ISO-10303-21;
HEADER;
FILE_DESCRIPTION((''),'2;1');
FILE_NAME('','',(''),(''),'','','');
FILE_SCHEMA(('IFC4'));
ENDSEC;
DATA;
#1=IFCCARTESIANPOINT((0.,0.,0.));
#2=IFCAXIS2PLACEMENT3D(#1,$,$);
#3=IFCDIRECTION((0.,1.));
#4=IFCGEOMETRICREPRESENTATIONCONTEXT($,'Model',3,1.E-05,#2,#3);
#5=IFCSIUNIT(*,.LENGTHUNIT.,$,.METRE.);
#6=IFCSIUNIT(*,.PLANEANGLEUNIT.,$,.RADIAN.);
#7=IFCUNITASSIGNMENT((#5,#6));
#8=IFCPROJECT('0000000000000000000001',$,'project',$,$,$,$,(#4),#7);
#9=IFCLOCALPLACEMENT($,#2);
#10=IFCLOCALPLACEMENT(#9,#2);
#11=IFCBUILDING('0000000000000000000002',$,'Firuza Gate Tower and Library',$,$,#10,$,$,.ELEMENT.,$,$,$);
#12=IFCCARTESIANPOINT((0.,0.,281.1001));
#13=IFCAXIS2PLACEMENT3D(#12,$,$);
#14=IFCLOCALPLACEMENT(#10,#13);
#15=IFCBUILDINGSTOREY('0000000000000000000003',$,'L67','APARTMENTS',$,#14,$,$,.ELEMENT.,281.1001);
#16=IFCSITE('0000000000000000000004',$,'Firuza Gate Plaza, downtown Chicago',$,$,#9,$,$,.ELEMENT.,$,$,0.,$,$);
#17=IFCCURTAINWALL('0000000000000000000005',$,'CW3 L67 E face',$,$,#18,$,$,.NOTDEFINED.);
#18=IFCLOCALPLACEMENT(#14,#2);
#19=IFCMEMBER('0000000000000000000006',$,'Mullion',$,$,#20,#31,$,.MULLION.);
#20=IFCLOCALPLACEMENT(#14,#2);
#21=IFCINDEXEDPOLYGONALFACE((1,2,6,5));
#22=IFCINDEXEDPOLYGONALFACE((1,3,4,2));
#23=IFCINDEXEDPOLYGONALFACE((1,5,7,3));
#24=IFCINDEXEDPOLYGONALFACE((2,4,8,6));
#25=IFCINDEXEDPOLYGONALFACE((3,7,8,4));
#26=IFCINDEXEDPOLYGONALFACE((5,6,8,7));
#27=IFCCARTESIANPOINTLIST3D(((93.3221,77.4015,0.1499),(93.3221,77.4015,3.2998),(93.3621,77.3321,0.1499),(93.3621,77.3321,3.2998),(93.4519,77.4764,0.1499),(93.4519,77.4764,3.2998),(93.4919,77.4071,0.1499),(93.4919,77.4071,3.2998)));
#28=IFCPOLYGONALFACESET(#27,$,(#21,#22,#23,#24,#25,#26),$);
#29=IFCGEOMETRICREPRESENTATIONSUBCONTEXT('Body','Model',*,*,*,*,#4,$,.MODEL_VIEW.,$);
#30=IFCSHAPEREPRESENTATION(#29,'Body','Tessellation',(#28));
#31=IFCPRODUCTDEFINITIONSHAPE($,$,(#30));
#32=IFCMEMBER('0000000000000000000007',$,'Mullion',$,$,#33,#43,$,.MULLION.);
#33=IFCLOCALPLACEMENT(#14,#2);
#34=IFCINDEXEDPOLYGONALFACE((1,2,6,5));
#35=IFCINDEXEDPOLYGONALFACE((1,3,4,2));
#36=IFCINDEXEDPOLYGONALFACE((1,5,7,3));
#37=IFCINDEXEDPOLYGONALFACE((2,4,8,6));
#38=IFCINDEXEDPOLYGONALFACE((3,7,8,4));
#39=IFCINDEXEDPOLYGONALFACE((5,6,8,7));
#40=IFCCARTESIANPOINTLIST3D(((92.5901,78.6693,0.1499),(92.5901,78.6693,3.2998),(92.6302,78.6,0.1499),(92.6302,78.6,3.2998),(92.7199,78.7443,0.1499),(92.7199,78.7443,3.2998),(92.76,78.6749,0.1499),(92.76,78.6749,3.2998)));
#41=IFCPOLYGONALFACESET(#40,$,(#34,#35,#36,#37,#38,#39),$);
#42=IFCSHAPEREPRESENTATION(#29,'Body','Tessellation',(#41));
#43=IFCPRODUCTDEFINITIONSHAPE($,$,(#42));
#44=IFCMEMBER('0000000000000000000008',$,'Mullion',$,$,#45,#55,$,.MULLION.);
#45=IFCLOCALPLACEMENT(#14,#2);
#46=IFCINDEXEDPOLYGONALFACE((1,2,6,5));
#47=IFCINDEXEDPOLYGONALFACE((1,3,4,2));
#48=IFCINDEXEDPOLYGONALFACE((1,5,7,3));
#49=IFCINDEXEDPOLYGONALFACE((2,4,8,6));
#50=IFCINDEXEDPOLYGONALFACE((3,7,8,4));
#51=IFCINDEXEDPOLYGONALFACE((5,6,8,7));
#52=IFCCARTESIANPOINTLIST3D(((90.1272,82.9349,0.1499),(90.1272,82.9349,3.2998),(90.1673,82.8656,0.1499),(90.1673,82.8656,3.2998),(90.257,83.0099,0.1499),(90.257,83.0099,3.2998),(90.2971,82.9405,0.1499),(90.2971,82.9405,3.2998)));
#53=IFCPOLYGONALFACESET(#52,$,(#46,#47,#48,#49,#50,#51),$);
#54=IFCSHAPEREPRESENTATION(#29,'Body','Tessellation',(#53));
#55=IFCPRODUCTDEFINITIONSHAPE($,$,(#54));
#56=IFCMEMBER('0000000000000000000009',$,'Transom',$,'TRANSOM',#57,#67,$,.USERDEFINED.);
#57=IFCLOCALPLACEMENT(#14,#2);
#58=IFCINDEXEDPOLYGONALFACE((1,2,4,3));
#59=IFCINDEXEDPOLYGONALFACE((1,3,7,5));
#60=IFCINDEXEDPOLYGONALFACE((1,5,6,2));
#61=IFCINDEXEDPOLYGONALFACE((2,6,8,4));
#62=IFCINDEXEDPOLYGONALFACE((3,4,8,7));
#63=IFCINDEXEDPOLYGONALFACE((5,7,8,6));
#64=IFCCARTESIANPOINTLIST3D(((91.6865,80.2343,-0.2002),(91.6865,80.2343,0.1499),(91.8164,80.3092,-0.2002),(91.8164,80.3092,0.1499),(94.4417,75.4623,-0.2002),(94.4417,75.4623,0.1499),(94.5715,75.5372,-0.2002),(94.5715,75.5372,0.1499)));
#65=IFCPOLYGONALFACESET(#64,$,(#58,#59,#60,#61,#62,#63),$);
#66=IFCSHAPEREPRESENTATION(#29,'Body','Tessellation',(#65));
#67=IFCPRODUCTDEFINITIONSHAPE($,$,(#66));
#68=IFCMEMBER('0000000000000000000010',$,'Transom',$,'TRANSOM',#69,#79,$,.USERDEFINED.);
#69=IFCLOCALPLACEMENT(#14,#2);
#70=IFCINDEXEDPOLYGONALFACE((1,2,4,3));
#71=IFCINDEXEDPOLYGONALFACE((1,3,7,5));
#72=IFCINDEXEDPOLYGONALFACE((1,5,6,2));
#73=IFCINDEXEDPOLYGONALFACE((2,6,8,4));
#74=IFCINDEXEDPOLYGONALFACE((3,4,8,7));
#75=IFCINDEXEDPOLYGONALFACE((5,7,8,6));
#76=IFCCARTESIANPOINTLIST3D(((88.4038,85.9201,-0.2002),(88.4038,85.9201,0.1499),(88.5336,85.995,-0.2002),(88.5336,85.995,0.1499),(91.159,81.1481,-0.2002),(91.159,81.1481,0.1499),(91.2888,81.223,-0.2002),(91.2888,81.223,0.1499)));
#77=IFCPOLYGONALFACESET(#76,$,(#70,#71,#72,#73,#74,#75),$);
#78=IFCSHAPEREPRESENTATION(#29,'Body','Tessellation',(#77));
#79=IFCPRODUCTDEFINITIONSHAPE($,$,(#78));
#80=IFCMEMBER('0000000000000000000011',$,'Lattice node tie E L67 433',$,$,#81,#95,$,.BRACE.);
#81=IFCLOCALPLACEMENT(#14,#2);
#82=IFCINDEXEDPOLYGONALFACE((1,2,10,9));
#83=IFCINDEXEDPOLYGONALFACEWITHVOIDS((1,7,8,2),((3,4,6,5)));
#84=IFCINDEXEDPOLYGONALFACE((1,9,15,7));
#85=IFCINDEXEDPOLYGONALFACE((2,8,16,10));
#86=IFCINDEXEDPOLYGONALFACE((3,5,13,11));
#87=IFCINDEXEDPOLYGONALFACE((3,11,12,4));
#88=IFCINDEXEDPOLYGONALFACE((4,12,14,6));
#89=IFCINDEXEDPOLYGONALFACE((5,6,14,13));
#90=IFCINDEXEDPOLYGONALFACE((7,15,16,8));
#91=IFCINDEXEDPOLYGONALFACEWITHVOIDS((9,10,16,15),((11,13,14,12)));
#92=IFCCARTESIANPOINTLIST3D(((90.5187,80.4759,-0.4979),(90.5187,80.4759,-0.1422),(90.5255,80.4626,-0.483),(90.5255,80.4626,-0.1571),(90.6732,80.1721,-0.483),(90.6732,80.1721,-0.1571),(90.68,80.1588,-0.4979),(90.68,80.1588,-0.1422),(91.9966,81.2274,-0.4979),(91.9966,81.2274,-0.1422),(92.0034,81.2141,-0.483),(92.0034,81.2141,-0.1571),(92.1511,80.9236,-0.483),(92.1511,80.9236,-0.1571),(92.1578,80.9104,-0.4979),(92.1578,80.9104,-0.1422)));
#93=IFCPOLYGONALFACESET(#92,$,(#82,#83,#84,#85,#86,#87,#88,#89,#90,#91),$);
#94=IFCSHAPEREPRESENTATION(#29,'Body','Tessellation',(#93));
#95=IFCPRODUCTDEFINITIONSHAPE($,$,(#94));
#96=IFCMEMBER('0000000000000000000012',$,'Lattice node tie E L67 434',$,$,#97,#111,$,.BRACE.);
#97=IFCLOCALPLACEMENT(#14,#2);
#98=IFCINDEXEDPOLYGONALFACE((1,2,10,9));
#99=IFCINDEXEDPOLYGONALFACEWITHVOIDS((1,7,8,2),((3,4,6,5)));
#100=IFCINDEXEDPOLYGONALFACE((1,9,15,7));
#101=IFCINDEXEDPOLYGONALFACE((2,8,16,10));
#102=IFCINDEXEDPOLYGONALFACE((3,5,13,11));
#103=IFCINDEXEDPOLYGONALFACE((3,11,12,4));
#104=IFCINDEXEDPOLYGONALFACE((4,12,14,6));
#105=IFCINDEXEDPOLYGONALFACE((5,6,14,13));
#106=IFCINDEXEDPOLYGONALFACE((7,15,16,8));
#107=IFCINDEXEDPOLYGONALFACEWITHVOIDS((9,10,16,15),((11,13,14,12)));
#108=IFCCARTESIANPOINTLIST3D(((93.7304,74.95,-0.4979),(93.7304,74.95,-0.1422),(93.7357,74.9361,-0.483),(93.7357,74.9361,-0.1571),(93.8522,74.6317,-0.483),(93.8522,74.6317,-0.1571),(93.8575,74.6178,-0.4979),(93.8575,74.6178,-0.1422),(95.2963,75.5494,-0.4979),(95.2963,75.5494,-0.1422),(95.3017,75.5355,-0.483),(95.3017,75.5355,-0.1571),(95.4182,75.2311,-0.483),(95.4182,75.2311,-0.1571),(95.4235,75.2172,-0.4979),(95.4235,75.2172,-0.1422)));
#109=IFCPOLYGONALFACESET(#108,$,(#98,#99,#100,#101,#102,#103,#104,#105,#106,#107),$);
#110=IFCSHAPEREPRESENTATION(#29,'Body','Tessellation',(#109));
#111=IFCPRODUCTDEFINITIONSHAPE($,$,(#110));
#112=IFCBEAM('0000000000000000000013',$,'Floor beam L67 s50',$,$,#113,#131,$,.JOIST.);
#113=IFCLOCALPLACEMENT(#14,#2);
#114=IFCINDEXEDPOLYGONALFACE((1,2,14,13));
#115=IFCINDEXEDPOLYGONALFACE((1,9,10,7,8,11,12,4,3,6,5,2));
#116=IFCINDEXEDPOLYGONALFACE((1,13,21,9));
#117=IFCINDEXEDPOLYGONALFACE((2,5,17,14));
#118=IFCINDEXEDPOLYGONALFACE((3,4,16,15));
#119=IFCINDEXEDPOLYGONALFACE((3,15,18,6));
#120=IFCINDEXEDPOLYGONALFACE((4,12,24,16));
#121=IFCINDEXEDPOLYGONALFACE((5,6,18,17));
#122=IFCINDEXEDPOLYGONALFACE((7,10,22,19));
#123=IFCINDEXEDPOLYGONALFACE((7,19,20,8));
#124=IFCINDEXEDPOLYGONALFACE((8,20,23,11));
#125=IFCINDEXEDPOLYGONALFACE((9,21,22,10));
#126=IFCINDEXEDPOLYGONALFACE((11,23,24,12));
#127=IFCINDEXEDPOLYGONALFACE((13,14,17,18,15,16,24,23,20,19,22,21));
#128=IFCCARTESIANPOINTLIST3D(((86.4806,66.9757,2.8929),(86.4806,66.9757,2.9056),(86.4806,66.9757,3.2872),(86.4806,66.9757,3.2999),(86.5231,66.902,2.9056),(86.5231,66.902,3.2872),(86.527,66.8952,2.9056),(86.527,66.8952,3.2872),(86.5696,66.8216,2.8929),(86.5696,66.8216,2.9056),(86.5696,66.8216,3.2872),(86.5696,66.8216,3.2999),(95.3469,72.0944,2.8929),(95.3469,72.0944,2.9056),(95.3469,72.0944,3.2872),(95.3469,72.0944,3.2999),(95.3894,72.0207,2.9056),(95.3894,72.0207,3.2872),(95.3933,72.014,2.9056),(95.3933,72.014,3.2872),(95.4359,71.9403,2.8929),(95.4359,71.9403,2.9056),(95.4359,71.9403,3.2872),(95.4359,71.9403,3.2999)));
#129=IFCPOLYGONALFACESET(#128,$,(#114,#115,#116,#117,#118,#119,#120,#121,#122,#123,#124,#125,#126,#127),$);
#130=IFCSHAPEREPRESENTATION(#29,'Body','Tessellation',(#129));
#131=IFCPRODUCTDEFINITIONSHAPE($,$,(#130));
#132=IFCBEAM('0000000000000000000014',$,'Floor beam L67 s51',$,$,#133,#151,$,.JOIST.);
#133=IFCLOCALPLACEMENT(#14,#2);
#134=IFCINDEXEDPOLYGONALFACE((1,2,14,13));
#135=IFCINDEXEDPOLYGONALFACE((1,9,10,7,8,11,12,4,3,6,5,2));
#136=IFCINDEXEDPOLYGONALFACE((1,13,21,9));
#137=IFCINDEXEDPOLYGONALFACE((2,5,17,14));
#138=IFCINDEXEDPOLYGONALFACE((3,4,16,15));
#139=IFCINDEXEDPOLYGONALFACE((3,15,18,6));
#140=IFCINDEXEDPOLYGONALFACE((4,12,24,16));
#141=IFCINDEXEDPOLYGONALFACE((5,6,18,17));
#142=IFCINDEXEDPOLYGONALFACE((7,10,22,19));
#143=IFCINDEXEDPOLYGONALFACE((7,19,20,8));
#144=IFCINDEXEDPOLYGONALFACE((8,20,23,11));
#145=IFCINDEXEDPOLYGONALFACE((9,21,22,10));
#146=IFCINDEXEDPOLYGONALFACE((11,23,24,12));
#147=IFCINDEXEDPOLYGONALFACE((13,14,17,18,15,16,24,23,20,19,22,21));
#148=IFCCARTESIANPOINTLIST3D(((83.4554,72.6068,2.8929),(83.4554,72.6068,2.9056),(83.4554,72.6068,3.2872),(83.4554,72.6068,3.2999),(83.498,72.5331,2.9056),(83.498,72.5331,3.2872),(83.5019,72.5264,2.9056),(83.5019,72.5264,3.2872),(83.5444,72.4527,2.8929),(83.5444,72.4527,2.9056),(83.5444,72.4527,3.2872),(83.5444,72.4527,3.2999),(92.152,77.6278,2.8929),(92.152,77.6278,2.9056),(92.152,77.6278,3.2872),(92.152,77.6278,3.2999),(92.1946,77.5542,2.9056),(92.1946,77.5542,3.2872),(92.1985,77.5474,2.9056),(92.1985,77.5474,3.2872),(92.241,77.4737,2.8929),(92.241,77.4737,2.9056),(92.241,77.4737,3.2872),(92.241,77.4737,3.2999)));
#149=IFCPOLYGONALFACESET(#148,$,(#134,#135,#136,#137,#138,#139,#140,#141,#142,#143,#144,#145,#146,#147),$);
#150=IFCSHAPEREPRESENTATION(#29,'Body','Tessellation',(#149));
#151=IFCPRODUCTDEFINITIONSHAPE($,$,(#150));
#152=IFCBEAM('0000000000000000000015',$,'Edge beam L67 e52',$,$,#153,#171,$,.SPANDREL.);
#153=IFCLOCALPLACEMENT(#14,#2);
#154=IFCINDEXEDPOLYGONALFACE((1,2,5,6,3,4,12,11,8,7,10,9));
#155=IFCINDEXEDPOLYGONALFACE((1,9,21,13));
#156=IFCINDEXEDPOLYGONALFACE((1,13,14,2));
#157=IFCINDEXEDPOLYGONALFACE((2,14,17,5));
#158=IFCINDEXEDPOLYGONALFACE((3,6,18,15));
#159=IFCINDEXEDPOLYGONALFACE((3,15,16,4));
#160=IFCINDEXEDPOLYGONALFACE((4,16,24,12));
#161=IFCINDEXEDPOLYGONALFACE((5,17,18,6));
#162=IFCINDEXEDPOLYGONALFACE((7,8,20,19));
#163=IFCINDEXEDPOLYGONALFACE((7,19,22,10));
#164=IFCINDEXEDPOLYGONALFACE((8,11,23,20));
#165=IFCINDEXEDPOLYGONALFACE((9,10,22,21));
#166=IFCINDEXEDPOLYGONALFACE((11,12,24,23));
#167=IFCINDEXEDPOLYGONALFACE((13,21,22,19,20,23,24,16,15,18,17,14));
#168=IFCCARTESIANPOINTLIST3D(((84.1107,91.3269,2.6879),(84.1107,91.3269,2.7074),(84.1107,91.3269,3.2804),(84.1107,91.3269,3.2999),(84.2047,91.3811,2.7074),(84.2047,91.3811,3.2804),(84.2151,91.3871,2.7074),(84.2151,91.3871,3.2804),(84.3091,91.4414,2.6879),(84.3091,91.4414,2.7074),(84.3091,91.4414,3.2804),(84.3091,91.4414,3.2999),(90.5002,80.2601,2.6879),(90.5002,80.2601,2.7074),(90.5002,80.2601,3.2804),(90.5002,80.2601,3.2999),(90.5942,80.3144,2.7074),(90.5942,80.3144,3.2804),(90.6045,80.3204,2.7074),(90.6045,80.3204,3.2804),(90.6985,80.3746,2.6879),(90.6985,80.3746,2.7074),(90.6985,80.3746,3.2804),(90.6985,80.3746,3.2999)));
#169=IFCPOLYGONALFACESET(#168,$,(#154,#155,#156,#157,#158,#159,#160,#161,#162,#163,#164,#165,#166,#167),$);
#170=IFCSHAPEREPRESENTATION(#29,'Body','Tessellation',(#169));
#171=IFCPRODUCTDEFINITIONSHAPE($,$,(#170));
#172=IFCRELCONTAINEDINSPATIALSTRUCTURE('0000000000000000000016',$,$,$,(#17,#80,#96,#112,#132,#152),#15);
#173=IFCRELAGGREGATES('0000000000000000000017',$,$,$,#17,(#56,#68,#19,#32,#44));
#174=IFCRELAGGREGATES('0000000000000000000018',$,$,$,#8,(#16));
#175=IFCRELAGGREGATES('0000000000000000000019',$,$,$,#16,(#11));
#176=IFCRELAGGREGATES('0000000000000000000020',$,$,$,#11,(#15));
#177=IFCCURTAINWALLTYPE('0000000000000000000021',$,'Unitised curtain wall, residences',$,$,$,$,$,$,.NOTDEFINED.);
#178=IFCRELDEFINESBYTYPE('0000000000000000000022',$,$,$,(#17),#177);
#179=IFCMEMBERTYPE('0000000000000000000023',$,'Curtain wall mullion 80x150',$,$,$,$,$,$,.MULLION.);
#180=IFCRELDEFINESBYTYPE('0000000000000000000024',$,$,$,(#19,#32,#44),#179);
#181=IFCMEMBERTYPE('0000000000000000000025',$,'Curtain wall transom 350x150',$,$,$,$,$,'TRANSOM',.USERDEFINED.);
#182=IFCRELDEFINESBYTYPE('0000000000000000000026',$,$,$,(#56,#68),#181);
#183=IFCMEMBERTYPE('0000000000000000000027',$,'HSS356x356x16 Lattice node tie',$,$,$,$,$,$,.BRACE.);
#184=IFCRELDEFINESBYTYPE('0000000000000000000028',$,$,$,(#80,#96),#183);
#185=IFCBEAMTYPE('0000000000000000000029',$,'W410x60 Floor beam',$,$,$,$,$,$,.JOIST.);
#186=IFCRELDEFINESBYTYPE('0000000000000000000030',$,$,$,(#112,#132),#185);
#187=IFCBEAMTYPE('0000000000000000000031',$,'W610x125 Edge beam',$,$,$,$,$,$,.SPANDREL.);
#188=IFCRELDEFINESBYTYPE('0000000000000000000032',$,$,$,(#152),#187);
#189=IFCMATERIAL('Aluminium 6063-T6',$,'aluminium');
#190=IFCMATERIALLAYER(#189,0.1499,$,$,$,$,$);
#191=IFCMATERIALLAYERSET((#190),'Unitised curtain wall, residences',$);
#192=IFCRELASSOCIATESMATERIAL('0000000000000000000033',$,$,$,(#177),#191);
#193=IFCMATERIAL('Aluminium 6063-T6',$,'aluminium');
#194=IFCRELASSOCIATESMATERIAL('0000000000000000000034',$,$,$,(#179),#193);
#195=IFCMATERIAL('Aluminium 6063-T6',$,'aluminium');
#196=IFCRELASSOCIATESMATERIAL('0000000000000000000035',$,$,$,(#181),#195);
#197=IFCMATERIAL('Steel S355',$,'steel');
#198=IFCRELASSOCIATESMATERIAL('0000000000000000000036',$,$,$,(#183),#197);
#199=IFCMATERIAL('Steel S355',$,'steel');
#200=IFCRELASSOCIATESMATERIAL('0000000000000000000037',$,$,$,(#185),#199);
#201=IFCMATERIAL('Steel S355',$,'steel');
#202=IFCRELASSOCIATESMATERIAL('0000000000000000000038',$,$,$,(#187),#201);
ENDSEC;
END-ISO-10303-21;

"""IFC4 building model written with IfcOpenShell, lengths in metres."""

from ifc_helpers import new_model, si_unit, direction, frame, origin, origin_2d, place, context, subcontext, project, spatial, rectangle, hollow_rectangle, i_section, extrude, material, layer, layer_set, material_profile, profile_set, type_object, element, aggregate, save


model = new_model("IFC4")

# Units and contexts
model_context = context("Model", 3, precision=1e-05, world=origin(), true_north=direction((0.0, 1.0)))
body_context = subcontext(model_context, "Body", "Model", "MODEL_VIEW")
ifc_project = project(units=[si_unit("LENGTHUNIT", "METRE"), si_unit("PLANEANGLEUNIT", "RADIAN")], contexts=[model_context])

# Site, building, storey
site_placement = place(None, origin())
site = spatial("IfcSite", under=ifc_project, at=site_placement, Name="Firuza Gate Plaza, downtown Chicago", CompositionType="ELEMENT", RefElevation=0.0)
building_placement = place(site_placement, origin())
building = spatial("IfcBuilding", under=site, at=building_placement, Name="Firuza Gate Tower and Library", CompositionType="ELEMENT")
storey_placement = place(building_placement, frame((0.0, 0.0, 281.1001)))
storey = spatial("IfcBuildingStorey", under=building, at=storey_placement, Name="L67", Description="APARTMENTS", CompositionType="ELEMENT", Elevation=281.1001)

# Curtain wall, members
ifc_material_1 = material(Name="Aluminium 6063-T6", Category="aluminium")
ifc_layer_1 = layer(ifc_material_1, 0.1499)
ifc_layer_set_1 = layer_set([ifc_layer_1], Name="Unitised curtain wall, residences")
curtain_wall_type = type_object("IfcCurtainWallType", Name="Unitised curtain wall, residences", PredefinedType="NOTDEFINED", material=ifc_layer_set_1)
curtain_wall_placement = place(storey_placement, origin())
curtain_wall = element("IfcCurtainWall", 1, at=curtain_wall_placement, inside=storey, type_object=curtain_wall_type, Name="CW3 L67 E face", PredefinedType="NOTDEFINED")
ifc_material_2 = material(Name="Aluminium 6063-T6", Category="aluminium")
ifc_material_profile_1 = material_profile(ifc_material_2, rectangle(XDim=0.1499, YDim=0.0801, at=origin_2d()))
ifc_profile_set_1 = profile_set([ifc_material_profile_1], Name="Aluminium 6063-T6")
member_type_1 = type_object("IfcMemberType", Name="Curtain wall mullion 80x150", PredefinedType="MULLION", material=ifc_profile_set_1)
member_1_placement = place(storey_placement, frame((93.407, 77.4043, 0.1499), z_axis=(0.0, 0.0, 1.0), x_axis=(-0.866025, -0.5, 0.0)))
member_1 = element("IfcMember", 2, at=member_1_placement, type_object=member_type_1, Name="Mullion", PredefinedType="MULLION", context=body_context, shape_type="SweptSolid", body=[
    extrude(rectangle(XDim=0.1499, YDim=0.0801, at=origin_2d()), origin(), (0.0, 0.0, 1.0), 3.1499),
])
member_2_placement = place(storey_placement, frame((92.675, 78.6721, 0.1499), z_axis=(0.0, 0.0, 1.0), x_axis=(-0.866025, -0.5, 0.0)))
member_2 = element("IfcMember", 3, at=member_2_placement, type_object=member_type_1, Name="Mullion", PredefinedType="MULLION", context=body_context, shape_type="SweptSolid", body=[
    extrude(rectangle(XDim=0.1499, YDim=0.0801, at=origin_2d()), origin(), (0.0, 0.0, 1.0), 3.1499),
])
member_3_placement = place(storey_placement, frame((90.2122, 82.9377, 0.1499), z_axis=(0.0, 0.0, 1.0), x_axis=(-0.866025, -0.5, 0.0)))
member_3 = element("IfcMember", 4, at=member_3_placement, type_object=member_type_1, Name="Mullion", PredefinedType="MULLION", context=body_context, shape_type="SweptSolid", body=[
    extrude(rectangle(XDim=0.1499, YDim=0.0801, at=origin_2d()), origin(), (0.0, 0.0, 1.0), 3.1499),
])
ifc_material_3 = material(Name="Aluminium 6063-T6", Category="aluminium")
ifc_material_profile_2 = material_profile(ifc_material_3, rectangle(XDim=0.1499, YDim=0.3501, at=origin_2d()))
ifc_profile_set_2 = profile_set([ifc_material_profile_2], Name="Aluminium 6063-T6")
member_type_2 = type_object("IfcMemberType", Name="Curtain wall transom 350x150", ElementType="TRANSOM", PredefinedType="USERDEFINED", material=ifc_profile_set_2)
member_4_placement = place(storey_placement, frame((94.5066, 75.4998, -0.0251), z_axis=(-0.500004, 0.866023, 0.0), x_axis=(-0.866023, -0.500004, 0.0)))
member_4 = element("IfcMember", 5, at=member_4_placement, type_object=member_type_2, Name="Transom", ObjectType="TRANSOM", PredefinedType="USERDEFINED", context=body_context, shape_type="SweptSolid", body=[
    extrude(rectangle(XDim=0.1499, YDim=0.3501, at=origin_2d()), origin(), (0.0, 0.0, 1.0), 5.5103),
])
member_5_placement = place(storey_placement, frame((91.2239, 81.1855, -0.0251), z_axis=(-0.500004, 0.866023, 0.0), x_axis=(-0.866023, -0.500004, 0.0)))
member_5 = element("IfcMember", 6, at=member_5_placement, type_object=member_type_2, Name="Transom", ObjectType="TRANSOM", PredefinedType="USERDEFINED", context=body_context, shape_type="SweptSolid", body=[
    extrude(rectangle(XDim=0.1499, YDim=0.3501, at=origin_2d()), origin(), (0.0, 0.0, 1.0), 5.5103),
])

# Members
ifc_material_4 = material(Name="Steel S355", Category="steel")
ifc_material_profile_3 = material_profile(ifc_material_4, hollow_rectangle(XDim=0.3557, YDim=0.3557, WallThickness=0.0149, at=origin_2d()))
ifc_profile_set_3 = profile_set([ifc_material_profile_3], Name="Steel S355")
member_type_3 = type_object("IfcMemberType", Name="HSS356x356x16 Lattice node tie", PredefinedType="BRACE", material=ifc_profile_set_3)
member_6_placement = place(storey_placement, frame((90.5994, 80.3174, -0.3201), z_axis=(0.891373, 0.45327, 0.0), x_axis=(-0.45327, 0.891373, 0.0)))
element("IfcMember", 7, at=member_6_placement, inside=storey, type_object=member_type_3, Name="Lattice node tie E L67 433", PredefinedType="BRACE", context=body_context, shape_type="SweptSolid", body=[
    extrude(hollow_rectangle(XDim=0.3557, YDim=0.3557, WallThickness=0.0149, at=origin_2d()), origin(), (0.0, 0.0, 1.0), 1.658),
])
member_7_placement = place(storey_placement, frame((93.7939, 74.7839, -0.3201), z_axis=(0.933926, 0.357466, 0.0), x_axis=(-0.357466, 0.933926, 0.0)))
element("IfcMember", 8, at=member_7_placement, inside=storey, type_object=member_type_3, Name="Lattice node tie E L67 434", PredefinedType="BRACE", context=body_context, shape_type="SweptSolid", body=[
    extrude(hollow_rectangle(XDim=0.3557, YDim=0.3557, WallThickness=0.0149, at=origin_2d()), origin(), (0.0, 0.0, 1.0), 1.6768),
])

# Beams
ifc_material_5 = material(Name="Steel S355", Category="steel")
ifc_material_profile_4 = material_profile(ifc_material_5, i_section(OverallWidth=0.178, OverallDepth=0.407, WebThickness=0.0078, FlangeThickness=0.0127, at=origin_2d()))
ifc_profile_set_4 = profile_set([ifc_material_profile_4], Name="Steel S355")
beam_type_1 = type_object("IfcBeamType", Name="W410x60 Floor beam", PredefinedType="JOIST", material=ifc_profile_set_4)
beam_1_placement = place(storey_placement, frame((95.3914, 72.0173, 3.0964), z_axis=(-0.866036, -0.499981, 0.0), x_axis=(0.499981, -0.866036, 0.0)))
element("IfcBeam", 9, at=beam_1_placement, inside=storey, type_object=beam_type_1, Name="Floor beam L67 s50", PredefinedType="JOIST", context=body_context, shape_type="SweptSolid", body=[
    extrude(i_section(OverallWidth=0.178, OverallDepth=0.407, WebThickness=0.0078, FlangeThickness=0.0127, at=origin_2d()), origin(), (0.0, 0.0, 1.0), 10.2378),
])
beam_2_placement = place(storey_placement, frame((92.1965, 77.5508, 3.0964), z_axis=(-0.866023, -0.500004, 0.0), x_axis=(0.500004, -0.866023, 0.0)))
element("IfcBeam", 10, at=beam_2_placement, inside=storey, type_object=beam_type_1, Name="Floor beam L67 s51", PredefinedType="JOIST", context=body_context, shape_type="SweptSolid", body=[
    extrude(i_section(OverallWidth=0.178, OverallDepth=0.407, WebThickness=0.0078, FlangeThickness=0.0127, at=origin_2d()), origin(), (0.0, 0.0, 1.0), 10.042),
])
ifc_material_6 = material(Name="Steel S355", Category="steel")
ifc_material_profile_5 = material_profile(ifc_material_6, i_section(OverallWidth=0.229, OverallDepth=0.6121, WebThickness=0.012, FlangeThickness=0.0195, at=origin_2d()))
ifc_profile_set_5 = profile_set([ifc_material_profile_5], Name="Steel S355")
beam_type_2 = type_object("IfcBeamType", Name="W610x125 Edge beam", PredefinedType="SPANDREL", material=ifc_profile_set_5)
beam_3_placement = place(storey_placement, frame((90.5994, 80.3174, 2.9939), z_axis=(-0.500004, 0.866023, 0.0), x_axis=(-0.866023, -0.500004, 0.0)))
element("IfcBeam", 11, at=beam_3_placement, inside=storey, type_object=beam_type_2, Name="Edge beam L67 e52", PredefinedType="SPANDREL", context=body_context, shape_type="SweptSolid", body=[
    extrude(i_section(OverallWidth=0.229, OverallDepth=0.6121, WebThickness=0.012, FlangeThickness=0.0195, at=origin_2d()), origin(), (0.0, 0.0, 1.0), 12.7788),
])

aggregate(curtain_wall, [member_4, member_5, member_1, member_2, member_3])

save(model, "model.ifc")
